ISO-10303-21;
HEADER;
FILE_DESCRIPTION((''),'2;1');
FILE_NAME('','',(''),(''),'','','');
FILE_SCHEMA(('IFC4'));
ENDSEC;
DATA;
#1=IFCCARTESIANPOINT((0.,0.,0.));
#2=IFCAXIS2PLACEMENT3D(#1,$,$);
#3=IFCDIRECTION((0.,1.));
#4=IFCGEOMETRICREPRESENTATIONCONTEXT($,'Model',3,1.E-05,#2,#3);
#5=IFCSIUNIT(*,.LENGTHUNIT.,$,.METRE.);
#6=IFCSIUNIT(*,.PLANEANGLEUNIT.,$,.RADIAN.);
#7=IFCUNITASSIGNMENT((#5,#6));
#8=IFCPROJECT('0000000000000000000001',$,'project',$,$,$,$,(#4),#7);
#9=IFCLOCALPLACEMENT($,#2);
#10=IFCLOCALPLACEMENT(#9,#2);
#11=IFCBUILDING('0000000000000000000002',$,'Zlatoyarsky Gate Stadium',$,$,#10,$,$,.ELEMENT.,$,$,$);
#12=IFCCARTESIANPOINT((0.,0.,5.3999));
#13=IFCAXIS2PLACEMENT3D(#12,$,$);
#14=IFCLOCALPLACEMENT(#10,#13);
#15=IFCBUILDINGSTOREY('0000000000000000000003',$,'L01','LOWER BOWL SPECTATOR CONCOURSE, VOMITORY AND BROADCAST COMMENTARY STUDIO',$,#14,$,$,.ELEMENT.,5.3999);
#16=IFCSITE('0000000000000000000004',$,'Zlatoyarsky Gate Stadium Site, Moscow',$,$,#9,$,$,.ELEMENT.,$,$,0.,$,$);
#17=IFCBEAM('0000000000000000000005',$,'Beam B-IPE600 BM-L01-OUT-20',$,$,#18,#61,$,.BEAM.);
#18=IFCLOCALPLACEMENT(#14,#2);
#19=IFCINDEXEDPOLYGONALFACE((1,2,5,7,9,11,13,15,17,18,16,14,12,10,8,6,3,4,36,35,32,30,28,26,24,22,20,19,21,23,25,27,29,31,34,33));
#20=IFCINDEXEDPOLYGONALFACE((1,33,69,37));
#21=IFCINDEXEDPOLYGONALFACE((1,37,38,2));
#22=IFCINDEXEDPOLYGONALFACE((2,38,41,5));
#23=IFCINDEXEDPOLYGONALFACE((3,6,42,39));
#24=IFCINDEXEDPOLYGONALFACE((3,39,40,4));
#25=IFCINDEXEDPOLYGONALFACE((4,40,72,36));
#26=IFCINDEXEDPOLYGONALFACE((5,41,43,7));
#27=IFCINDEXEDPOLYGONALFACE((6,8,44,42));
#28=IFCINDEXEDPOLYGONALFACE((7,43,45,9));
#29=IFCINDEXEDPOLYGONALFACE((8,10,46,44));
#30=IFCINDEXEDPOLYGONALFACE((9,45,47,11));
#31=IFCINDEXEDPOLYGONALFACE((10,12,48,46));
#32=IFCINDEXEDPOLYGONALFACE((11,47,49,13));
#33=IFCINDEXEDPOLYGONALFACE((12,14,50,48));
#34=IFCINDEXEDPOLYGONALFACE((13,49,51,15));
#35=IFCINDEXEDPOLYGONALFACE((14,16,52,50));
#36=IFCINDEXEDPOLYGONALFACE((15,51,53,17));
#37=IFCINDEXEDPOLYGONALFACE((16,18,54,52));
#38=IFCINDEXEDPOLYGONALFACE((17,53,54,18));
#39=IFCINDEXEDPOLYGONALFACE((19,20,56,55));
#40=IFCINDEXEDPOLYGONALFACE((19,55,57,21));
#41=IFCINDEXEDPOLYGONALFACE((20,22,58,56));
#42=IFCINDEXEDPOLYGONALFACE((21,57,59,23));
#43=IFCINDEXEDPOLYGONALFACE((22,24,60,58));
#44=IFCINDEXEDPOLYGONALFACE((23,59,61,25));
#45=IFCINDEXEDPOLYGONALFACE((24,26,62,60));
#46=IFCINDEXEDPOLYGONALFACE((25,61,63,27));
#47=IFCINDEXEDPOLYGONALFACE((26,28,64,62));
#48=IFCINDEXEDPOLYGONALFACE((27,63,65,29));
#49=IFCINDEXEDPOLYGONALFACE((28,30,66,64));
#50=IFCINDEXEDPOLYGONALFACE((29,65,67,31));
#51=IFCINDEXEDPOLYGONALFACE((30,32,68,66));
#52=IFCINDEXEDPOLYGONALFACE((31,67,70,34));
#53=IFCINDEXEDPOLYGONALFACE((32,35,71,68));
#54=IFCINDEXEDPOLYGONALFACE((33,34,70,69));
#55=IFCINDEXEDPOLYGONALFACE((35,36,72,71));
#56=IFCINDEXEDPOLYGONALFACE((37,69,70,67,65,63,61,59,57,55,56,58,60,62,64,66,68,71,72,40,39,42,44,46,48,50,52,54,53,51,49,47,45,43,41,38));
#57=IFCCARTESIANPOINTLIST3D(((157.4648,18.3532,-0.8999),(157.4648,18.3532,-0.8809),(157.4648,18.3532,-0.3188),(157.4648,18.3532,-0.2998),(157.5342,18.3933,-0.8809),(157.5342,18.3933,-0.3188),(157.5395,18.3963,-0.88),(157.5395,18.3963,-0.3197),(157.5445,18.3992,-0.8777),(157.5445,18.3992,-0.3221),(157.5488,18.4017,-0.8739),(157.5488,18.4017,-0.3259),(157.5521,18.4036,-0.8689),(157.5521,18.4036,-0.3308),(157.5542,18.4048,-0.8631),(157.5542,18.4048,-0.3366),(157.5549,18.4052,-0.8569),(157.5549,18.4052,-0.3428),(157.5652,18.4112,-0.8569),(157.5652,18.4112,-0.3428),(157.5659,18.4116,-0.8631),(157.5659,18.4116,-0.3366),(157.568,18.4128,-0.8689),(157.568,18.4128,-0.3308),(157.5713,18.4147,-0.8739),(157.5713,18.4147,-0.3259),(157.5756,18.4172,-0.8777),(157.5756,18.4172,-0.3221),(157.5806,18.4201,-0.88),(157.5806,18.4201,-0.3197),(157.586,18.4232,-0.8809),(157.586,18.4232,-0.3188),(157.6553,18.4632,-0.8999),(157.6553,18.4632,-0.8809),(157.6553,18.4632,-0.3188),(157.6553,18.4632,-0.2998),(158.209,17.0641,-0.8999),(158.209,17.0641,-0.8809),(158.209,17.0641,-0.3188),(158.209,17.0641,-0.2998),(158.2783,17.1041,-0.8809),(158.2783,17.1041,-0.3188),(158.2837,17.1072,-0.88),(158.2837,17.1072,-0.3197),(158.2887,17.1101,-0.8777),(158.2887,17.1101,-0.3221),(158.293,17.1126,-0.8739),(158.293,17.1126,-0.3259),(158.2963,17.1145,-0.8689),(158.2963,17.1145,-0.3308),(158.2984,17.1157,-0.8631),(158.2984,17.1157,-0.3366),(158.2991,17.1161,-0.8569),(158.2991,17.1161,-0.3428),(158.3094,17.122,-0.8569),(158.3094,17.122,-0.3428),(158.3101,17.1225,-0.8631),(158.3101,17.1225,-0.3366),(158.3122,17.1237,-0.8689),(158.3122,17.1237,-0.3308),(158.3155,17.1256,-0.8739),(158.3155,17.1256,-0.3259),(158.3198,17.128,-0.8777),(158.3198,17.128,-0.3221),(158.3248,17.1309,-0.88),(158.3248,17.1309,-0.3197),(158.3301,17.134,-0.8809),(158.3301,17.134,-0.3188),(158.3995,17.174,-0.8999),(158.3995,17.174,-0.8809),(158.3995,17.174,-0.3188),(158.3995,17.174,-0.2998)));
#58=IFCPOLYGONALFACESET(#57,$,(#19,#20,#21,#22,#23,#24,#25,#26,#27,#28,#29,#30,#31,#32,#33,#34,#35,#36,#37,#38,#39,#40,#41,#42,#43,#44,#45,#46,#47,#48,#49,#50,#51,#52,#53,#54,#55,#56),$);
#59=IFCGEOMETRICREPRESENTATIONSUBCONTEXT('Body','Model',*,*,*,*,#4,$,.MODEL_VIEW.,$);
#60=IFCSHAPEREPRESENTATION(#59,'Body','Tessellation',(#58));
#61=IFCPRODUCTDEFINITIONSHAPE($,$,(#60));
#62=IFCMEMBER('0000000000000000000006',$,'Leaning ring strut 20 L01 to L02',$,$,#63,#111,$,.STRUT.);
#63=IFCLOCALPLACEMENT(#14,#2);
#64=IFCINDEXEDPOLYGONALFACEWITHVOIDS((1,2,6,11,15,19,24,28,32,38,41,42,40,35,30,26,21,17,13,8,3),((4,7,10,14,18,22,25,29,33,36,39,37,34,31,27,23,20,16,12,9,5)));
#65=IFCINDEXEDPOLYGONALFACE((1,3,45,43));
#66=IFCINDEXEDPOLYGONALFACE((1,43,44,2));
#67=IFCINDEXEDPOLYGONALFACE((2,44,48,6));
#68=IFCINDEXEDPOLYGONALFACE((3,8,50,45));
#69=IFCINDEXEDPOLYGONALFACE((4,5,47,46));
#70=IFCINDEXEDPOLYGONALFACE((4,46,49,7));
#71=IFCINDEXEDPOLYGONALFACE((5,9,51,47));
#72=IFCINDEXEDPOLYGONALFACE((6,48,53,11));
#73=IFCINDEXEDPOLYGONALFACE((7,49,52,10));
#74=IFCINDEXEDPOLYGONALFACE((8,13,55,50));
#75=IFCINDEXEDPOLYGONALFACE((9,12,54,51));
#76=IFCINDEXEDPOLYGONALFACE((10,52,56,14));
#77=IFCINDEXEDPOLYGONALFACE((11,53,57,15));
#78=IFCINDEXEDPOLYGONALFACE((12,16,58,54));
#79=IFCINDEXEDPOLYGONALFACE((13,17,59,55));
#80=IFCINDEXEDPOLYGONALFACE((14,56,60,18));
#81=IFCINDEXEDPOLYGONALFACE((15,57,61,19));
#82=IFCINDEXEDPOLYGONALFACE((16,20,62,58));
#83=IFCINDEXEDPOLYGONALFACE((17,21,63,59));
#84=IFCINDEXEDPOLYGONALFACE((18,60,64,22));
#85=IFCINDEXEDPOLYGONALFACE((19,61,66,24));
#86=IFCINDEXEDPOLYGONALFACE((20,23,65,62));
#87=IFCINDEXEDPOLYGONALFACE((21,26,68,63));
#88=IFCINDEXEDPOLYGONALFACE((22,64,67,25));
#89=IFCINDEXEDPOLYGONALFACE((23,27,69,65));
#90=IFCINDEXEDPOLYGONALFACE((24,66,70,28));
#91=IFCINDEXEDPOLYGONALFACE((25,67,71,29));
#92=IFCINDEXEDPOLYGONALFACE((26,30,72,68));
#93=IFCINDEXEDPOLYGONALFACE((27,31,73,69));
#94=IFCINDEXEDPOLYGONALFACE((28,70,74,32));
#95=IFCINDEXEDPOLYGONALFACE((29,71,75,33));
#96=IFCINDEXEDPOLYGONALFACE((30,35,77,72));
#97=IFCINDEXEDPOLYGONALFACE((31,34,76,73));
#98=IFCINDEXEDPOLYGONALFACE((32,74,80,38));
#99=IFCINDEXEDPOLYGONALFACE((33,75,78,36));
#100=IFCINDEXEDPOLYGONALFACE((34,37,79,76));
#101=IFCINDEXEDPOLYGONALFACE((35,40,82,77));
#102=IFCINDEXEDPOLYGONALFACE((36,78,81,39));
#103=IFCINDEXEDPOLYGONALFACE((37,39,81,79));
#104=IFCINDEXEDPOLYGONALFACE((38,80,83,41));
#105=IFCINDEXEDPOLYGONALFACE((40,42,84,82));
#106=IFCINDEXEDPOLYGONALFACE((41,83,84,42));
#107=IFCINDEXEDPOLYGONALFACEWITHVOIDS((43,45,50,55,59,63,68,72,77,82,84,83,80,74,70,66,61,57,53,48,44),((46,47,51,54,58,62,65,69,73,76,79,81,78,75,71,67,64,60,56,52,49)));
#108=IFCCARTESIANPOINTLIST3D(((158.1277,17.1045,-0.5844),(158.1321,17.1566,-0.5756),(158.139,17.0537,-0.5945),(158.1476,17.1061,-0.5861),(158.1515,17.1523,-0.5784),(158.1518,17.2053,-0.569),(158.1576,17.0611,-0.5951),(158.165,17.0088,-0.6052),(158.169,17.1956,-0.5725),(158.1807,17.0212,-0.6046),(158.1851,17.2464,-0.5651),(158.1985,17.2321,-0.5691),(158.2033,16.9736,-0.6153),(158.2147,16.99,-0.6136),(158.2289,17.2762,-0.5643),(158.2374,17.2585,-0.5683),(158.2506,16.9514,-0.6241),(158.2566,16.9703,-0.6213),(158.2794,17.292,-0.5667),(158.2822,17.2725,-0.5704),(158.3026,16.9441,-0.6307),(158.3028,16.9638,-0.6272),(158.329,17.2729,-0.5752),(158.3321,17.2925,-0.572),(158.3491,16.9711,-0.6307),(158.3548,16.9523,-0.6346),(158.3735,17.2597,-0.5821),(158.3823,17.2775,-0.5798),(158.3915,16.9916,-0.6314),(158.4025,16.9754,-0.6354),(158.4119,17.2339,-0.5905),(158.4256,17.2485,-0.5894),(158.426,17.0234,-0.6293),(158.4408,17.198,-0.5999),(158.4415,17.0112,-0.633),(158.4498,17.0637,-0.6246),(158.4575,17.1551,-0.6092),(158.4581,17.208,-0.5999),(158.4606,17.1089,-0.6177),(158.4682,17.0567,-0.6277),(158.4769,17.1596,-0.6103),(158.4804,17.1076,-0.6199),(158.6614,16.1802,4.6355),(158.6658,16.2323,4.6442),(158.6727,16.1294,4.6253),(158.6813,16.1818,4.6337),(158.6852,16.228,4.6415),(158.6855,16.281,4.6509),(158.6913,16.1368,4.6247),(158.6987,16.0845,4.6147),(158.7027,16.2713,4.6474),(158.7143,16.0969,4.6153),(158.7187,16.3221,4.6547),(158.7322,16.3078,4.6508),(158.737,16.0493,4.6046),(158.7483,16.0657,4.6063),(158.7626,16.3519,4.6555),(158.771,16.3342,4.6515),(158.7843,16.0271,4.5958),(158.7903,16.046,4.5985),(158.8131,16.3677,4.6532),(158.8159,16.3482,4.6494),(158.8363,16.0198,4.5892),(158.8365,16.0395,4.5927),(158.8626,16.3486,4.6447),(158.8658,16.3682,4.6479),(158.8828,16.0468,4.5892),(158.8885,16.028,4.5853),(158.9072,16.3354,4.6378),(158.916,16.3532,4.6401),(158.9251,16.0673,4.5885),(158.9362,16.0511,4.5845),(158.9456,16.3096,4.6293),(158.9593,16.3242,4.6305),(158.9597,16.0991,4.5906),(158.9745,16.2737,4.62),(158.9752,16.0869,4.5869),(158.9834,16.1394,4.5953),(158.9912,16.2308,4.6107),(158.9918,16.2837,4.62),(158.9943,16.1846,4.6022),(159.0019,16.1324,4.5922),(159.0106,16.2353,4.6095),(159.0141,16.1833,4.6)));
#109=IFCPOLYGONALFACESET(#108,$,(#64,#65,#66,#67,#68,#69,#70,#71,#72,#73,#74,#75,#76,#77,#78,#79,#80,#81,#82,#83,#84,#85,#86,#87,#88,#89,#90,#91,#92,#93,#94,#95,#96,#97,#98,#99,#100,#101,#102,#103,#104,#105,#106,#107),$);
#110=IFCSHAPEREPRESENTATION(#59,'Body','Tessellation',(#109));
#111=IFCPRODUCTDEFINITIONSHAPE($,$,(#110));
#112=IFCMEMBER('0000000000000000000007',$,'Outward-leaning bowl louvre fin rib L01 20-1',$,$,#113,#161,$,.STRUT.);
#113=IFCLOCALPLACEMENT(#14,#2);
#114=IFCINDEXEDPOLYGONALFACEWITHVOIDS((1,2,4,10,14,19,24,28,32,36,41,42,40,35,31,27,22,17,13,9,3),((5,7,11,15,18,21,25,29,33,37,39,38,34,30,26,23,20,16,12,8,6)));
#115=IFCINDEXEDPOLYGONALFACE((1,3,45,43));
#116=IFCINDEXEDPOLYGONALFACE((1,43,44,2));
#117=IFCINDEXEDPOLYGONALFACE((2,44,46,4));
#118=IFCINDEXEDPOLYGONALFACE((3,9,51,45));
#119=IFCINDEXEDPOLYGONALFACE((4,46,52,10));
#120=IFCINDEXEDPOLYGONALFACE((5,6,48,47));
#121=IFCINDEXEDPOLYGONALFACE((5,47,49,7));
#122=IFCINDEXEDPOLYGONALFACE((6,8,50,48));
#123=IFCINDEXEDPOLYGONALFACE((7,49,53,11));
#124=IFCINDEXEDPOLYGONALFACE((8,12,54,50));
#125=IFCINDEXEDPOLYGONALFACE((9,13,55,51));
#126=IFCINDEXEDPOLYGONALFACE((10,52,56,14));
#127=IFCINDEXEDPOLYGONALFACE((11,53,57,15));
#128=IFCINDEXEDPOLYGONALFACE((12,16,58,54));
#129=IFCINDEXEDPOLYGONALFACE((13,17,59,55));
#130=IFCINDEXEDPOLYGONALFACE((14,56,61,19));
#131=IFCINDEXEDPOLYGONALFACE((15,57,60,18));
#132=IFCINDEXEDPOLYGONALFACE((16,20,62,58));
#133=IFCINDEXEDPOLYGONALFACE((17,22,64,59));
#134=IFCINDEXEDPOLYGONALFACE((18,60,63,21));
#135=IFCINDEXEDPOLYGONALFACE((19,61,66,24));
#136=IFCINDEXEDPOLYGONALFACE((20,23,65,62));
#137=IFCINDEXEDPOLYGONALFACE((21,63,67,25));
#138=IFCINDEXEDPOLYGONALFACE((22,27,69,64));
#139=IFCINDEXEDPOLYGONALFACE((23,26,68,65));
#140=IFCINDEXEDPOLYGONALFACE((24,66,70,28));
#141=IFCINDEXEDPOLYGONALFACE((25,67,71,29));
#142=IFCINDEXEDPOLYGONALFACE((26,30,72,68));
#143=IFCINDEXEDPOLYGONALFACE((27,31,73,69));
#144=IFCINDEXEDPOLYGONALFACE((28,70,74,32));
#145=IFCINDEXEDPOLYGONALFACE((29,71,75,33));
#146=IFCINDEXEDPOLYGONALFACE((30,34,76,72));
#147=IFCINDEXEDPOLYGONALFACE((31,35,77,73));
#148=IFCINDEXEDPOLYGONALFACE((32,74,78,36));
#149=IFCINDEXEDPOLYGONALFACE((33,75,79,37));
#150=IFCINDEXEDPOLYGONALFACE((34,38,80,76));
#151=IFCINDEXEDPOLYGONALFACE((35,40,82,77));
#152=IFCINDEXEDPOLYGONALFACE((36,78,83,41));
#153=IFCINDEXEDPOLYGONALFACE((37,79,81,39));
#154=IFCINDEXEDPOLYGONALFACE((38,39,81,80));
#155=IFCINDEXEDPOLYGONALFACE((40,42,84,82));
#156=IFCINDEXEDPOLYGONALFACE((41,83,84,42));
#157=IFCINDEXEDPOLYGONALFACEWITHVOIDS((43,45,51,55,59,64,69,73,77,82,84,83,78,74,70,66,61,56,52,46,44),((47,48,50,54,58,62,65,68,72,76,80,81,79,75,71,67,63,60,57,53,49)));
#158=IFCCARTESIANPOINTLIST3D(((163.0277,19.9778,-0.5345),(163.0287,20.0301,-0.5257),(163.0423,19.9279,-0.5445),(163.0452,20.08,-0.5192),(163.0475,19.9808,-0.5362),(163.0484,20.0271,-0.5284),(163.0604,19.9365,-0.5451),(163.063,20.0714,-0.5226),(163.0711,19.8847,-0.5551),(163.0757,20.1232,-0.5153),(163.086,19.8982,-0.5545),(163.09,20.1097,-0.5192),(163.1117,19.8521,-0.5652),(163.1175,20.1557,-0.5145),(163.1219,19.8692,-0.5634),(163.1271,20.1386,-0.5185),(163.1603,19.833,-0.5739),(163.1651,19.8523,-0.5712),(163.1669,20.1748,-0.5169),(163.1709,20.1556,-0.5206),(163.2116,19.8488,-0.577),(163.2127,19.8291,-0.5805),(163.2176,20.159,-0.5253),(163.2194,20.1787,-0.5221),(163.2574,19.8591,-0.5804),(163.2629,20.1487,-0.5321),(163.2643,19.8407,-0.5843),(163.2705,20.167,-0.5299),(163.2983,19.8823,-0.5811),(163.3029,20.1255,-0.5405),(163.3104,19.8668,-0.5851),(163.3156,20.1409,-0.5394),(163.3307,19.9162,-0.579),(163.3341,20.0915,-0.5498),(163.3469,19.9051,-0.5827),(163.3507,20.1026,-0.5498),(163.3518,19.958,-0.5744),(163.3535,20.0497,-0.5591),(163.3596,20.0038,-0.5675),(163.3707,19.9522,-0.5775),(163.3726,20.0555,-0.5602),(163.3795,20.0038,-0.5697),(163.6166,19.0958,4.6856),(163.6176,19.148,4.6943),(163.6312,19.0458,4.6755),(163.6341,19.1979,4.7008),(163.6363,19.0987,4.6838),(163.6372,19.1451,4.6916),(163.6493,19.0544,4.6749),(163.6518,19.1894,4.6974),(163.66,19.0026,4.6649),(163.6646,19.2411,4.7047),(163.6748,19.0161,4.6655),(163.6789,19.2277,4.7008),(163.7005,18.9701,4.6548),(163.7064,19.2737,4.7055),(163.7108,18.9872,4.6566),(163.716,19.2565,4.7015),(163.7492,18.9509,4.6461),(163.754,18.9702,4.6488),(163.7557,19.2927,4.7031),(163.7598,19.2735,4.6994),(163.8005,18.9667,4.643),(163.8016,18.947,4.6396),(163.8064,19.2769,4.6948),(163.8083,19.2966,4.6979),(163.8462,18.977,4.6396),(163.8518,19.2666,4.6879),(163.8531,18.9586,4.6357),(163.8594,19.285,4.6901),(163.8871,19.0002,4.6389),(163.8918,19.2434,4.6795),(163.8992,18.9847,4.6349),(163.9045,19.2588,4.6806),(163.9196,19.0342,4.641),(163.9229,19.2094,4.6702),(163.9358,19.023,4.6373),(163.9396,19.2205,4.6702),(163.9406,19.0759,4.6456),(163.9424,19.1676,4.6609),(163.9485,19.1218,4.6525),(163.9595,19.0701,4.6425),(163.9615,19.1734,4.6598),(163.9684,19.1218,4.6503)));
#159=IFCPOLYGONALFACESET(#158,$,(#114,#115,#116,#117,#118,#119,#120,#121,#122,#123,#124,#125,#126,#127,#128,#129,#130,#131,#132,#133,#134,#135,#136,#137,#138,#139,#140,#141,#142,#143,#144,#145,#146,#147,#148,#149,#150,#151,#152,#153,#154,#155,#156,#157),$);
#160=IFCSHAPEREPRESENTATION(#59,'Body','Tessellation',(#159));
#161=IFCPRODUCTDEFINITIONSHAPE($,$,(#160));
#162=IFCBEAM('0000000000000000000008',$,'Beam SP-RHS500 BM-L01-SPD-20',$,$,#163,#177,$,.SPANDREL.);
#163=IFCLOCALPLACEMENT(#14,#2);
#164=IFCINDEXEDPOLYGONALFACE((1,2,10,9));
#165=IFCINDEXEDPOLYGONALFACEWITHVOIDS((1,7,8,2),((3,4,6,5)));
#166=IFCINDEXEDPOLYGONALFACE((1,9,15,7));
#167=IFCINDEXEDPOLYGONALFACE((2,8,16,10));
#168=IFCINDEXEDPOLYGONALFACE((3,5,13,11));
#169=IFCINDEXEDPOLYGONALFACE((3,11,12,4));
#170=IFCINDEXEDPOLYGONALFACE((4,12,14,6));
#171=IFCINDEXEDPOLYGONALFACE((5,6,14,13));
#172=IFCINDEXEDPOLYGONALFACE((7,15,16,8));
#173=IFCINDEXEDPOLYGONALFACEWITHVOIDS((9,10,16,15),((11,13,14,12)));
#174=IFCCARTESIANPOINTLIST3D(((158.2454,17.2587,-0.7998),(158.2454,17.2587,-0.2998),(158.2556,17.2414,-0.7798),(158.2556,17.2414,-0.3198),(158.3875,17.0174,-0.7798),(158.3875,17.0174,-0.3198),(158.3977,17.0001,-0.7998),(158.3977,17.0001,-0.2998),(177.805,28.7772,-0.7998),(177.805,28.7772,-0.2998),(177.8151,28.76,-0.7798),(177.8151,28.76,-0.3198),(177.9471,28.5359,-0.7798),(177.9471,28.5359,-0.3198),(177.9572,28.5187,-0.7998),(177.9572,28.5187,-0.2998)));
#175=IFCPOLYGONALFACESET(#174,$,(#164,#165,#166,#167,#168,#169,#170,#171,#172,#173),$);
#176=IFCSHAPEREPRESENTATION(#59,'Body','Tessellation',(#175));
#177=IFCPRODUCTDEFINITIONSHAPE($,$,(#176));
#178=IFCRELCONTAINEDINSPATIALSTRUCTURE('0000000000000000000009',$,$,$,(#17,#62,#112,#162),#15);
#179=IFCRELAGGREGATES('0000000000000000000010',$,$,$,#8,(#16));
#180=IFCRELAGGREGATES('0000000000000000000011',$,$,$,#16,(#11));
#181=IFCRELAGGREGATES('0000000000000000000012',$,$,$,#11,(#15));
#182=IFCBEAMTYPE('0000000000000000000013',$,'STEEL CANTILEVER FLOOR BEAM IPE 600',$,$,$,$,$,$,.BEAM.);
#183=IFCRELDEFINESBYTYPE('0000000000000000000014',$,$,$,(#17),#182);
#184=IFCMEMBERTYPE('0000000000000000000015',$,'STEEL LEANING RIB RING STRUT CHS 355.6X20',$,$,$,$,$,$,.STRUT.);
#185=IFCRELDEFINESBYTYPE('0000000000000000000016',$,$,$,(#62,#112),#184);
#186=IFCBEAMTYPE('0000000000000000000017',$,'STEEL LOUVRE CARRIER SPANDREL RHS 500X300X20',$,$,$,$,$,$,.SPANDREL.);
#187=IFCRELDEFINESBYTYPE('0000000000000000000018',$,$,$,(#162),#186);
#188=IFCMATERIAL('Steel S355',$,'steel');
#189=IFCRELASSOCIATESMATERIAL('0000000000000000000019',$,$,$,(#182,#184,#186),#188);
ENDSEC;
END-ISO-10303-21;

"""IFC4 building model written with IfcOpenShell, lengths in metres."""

from ifc_helpers import new_model, si_unit, direction, frame, origin, origin_2d, place, context, subcontext, project, spatial, hollow_rectangle, hollow_circle, i_section, extrude, material, material_profile, profile_set, type_object, element, save


model = new_model("IFC4")

# Units and contexts
model_context = context("Model", 3, precision=1e-05, world=origin(), true_north=direction((0.0, 1.0)))
body_context = subcontext(model_context, "Body", "Model", "MODEL_VIEW")
ifc_project = project(units=[si_unit("LENGTHUNIT", "METRE"), si_unit("PLANEANGLEUNIT", "RADIAN")], contexts=[model_context])

# Site, building, storey
site_placement = place(None, origin())
site = spatial("IfcSite", under=ifc_project, at=site_placement, Name="Zlatoyarsky Gate Stadium Site, Moscow", CompositionType="ELEMENT", RefElevation=0.0)
building_placement = place(site_placement, origin())
building = spatial("IfcBuilding", under=site, at=building_placement, Name="Zlatoyarsky Gate Stadium", CompositionType="ELEMENT")
storey_placement = place(building_placement, frame((0.0, 0.0, 5.3999)))
storey = spatial("IfcBuildingStorey", under=building, at=storey_placement, Name="L01", Description="LOWER BOWL SPECTATOR CONCOURSE, VOMITORY AND BROADCAST COMMENTARY STUDIO", CompositionType="ELEMENT", Elevation=5.3999)

# Beam
ifc_material_1 = material(Name="Steel S355", Category="steel")
ifc_material_profile_1 = material_profile(ifc_material_1, i_section(OverallWidth=0.22, OverallDepth=0.6001, WebThickness=0.012, FlangeThickness=0.019, FilletRadius=0.0239, at=origin_2d()), Name="IPE 600")
ifc_profile_set_1 = profile_set([ifc_material_profile_1], Name="Steel S355")
beam_type_1 = type_object("IfcBeamType", Name="STEEL CANTILEVER FLOOR BEAM IPE 600", PredefinedType="BEAM", material=ifc_profile_set_1)
beam_1_placement = place(storey_placement, frame((157.5601, 18.4082, -0.5999), z_axis=(0.49995, -0.866054, 0.0), x_axis=(0.866054, 0.49995, 0.0)))
element("IfcBeam", 1, at=beam_1_placement, inside=storey, type_object=beam_type_1, Name="Beam B-IPE600 BM-L01-OUT-20", PredefinedType="BEAM", context=body_context, shape_type="SweptSolid", body=[
    extrude(i_section(OverallWidth=0.22, OverallDepth=0.6001, WebThickness=0.012, FlangeThickness=0.019, FilletRadius=0.0239, at=origin_2d()), origin(), (0.0, 0.0, 1.0), 1.4885),
])

# Members
ifc_material_profile_2 = material_profile(ifc_material_1, hollow_circle(Radius=0.1777, WallThickness=0.02, at=origin_2d()), Name="CHS 355.6X20")
ifc_profile_set_2 = profile_set([ifc_material_profile_2], Name="Steel S355")
member_type_1 = type_object("IfcMemberType", Name="STEEL LEANING RIB RING STRUT CHS 355.6X20", PredefinedType="STRUT", material=ifc_profile_set_2)
member_1_placement = place(storey_placement, frame((158.3042, 17.1191, -0.5999), z_axis=(0.100168, -0.173484, 0.979729), x_axis=(0.86601, 0.500026, 0.0)))
element("IfcMember", 2, at=member_1_placement, inside=storey, type_object=member_type_1, Name="Leaning ring strut 20 L01 to L02", PredefinedType="STRUT", context=body_context, shape_type="SweptSolid", body=[
    extrude(hollow_circle(Radius=0.1777, WallThickness=0.02, at=origin_2d()), origin(), (0.0, 0.0, 1.0), 5.3279),
])
member_2_placement = place(storey_placement, frame((163.2029, 20.0039, -0.5498), z_axis=(0.110552, -0.165598, 0.979977), x_axis=(0.831696, 0.555231, 0.0)))
element("IfcMember", 3, at=member_2_placement, inside=storey, type_object=member_type_1, Name="Outward-leaning bowl louvre fin rib L01 20-1", PredefinedType="STRUT", context=body_context, shape_type="SweptSolid", body=[
    extrude(hollow_circle(Radius=0.1777, WallThickness=0.02, at=origin_2d()), origin(), (0.0, 0.0, 1.0), 5.3267),
])

# Beam
ifc_material_profile_3 = material_profile(ifc_material_1, hollow_rectangle(XDim=0.3, YDim=0.5, WallThickness=0.02, at=origin_2d()), Name="RHS 500X300X20")
ifc_profile_set_3 = profile_set([ifc_material_profile_3], Name="Steel S355")
beam_type_2 = type_object("IfcBeamType", Name="STEEL LOUVRE CARRIER SPANDREL RHS 500X300X20", PredefinedType="SPANDREL", material=ifc_profile_set_3)
beam_2_placement = place(storey_placement, frame((158.3215, 17.1294, -0.5498), z_axis=(0.861685, 0.507443, 0.0), x_axis=(-0.507443, 0.861685, 0.0)))
element("IfcBeam", 4, at=beam_2_placement, inside=storey, type_object=beam_type_2, Name="Beam SP-RHS500 BM-L01-SPD-20", PredefinedType="SPANDREL", context=body_context, shape_type="SweptSolid", body=[
    extrude(hollow_rectangle(XDim=0.3, YDim=0.5, WallThickness=0.02, at=origin_2d()), origin(), (0.0, 0.0, 1.0), 22.6992),
])

save(model, "model.ifc")
